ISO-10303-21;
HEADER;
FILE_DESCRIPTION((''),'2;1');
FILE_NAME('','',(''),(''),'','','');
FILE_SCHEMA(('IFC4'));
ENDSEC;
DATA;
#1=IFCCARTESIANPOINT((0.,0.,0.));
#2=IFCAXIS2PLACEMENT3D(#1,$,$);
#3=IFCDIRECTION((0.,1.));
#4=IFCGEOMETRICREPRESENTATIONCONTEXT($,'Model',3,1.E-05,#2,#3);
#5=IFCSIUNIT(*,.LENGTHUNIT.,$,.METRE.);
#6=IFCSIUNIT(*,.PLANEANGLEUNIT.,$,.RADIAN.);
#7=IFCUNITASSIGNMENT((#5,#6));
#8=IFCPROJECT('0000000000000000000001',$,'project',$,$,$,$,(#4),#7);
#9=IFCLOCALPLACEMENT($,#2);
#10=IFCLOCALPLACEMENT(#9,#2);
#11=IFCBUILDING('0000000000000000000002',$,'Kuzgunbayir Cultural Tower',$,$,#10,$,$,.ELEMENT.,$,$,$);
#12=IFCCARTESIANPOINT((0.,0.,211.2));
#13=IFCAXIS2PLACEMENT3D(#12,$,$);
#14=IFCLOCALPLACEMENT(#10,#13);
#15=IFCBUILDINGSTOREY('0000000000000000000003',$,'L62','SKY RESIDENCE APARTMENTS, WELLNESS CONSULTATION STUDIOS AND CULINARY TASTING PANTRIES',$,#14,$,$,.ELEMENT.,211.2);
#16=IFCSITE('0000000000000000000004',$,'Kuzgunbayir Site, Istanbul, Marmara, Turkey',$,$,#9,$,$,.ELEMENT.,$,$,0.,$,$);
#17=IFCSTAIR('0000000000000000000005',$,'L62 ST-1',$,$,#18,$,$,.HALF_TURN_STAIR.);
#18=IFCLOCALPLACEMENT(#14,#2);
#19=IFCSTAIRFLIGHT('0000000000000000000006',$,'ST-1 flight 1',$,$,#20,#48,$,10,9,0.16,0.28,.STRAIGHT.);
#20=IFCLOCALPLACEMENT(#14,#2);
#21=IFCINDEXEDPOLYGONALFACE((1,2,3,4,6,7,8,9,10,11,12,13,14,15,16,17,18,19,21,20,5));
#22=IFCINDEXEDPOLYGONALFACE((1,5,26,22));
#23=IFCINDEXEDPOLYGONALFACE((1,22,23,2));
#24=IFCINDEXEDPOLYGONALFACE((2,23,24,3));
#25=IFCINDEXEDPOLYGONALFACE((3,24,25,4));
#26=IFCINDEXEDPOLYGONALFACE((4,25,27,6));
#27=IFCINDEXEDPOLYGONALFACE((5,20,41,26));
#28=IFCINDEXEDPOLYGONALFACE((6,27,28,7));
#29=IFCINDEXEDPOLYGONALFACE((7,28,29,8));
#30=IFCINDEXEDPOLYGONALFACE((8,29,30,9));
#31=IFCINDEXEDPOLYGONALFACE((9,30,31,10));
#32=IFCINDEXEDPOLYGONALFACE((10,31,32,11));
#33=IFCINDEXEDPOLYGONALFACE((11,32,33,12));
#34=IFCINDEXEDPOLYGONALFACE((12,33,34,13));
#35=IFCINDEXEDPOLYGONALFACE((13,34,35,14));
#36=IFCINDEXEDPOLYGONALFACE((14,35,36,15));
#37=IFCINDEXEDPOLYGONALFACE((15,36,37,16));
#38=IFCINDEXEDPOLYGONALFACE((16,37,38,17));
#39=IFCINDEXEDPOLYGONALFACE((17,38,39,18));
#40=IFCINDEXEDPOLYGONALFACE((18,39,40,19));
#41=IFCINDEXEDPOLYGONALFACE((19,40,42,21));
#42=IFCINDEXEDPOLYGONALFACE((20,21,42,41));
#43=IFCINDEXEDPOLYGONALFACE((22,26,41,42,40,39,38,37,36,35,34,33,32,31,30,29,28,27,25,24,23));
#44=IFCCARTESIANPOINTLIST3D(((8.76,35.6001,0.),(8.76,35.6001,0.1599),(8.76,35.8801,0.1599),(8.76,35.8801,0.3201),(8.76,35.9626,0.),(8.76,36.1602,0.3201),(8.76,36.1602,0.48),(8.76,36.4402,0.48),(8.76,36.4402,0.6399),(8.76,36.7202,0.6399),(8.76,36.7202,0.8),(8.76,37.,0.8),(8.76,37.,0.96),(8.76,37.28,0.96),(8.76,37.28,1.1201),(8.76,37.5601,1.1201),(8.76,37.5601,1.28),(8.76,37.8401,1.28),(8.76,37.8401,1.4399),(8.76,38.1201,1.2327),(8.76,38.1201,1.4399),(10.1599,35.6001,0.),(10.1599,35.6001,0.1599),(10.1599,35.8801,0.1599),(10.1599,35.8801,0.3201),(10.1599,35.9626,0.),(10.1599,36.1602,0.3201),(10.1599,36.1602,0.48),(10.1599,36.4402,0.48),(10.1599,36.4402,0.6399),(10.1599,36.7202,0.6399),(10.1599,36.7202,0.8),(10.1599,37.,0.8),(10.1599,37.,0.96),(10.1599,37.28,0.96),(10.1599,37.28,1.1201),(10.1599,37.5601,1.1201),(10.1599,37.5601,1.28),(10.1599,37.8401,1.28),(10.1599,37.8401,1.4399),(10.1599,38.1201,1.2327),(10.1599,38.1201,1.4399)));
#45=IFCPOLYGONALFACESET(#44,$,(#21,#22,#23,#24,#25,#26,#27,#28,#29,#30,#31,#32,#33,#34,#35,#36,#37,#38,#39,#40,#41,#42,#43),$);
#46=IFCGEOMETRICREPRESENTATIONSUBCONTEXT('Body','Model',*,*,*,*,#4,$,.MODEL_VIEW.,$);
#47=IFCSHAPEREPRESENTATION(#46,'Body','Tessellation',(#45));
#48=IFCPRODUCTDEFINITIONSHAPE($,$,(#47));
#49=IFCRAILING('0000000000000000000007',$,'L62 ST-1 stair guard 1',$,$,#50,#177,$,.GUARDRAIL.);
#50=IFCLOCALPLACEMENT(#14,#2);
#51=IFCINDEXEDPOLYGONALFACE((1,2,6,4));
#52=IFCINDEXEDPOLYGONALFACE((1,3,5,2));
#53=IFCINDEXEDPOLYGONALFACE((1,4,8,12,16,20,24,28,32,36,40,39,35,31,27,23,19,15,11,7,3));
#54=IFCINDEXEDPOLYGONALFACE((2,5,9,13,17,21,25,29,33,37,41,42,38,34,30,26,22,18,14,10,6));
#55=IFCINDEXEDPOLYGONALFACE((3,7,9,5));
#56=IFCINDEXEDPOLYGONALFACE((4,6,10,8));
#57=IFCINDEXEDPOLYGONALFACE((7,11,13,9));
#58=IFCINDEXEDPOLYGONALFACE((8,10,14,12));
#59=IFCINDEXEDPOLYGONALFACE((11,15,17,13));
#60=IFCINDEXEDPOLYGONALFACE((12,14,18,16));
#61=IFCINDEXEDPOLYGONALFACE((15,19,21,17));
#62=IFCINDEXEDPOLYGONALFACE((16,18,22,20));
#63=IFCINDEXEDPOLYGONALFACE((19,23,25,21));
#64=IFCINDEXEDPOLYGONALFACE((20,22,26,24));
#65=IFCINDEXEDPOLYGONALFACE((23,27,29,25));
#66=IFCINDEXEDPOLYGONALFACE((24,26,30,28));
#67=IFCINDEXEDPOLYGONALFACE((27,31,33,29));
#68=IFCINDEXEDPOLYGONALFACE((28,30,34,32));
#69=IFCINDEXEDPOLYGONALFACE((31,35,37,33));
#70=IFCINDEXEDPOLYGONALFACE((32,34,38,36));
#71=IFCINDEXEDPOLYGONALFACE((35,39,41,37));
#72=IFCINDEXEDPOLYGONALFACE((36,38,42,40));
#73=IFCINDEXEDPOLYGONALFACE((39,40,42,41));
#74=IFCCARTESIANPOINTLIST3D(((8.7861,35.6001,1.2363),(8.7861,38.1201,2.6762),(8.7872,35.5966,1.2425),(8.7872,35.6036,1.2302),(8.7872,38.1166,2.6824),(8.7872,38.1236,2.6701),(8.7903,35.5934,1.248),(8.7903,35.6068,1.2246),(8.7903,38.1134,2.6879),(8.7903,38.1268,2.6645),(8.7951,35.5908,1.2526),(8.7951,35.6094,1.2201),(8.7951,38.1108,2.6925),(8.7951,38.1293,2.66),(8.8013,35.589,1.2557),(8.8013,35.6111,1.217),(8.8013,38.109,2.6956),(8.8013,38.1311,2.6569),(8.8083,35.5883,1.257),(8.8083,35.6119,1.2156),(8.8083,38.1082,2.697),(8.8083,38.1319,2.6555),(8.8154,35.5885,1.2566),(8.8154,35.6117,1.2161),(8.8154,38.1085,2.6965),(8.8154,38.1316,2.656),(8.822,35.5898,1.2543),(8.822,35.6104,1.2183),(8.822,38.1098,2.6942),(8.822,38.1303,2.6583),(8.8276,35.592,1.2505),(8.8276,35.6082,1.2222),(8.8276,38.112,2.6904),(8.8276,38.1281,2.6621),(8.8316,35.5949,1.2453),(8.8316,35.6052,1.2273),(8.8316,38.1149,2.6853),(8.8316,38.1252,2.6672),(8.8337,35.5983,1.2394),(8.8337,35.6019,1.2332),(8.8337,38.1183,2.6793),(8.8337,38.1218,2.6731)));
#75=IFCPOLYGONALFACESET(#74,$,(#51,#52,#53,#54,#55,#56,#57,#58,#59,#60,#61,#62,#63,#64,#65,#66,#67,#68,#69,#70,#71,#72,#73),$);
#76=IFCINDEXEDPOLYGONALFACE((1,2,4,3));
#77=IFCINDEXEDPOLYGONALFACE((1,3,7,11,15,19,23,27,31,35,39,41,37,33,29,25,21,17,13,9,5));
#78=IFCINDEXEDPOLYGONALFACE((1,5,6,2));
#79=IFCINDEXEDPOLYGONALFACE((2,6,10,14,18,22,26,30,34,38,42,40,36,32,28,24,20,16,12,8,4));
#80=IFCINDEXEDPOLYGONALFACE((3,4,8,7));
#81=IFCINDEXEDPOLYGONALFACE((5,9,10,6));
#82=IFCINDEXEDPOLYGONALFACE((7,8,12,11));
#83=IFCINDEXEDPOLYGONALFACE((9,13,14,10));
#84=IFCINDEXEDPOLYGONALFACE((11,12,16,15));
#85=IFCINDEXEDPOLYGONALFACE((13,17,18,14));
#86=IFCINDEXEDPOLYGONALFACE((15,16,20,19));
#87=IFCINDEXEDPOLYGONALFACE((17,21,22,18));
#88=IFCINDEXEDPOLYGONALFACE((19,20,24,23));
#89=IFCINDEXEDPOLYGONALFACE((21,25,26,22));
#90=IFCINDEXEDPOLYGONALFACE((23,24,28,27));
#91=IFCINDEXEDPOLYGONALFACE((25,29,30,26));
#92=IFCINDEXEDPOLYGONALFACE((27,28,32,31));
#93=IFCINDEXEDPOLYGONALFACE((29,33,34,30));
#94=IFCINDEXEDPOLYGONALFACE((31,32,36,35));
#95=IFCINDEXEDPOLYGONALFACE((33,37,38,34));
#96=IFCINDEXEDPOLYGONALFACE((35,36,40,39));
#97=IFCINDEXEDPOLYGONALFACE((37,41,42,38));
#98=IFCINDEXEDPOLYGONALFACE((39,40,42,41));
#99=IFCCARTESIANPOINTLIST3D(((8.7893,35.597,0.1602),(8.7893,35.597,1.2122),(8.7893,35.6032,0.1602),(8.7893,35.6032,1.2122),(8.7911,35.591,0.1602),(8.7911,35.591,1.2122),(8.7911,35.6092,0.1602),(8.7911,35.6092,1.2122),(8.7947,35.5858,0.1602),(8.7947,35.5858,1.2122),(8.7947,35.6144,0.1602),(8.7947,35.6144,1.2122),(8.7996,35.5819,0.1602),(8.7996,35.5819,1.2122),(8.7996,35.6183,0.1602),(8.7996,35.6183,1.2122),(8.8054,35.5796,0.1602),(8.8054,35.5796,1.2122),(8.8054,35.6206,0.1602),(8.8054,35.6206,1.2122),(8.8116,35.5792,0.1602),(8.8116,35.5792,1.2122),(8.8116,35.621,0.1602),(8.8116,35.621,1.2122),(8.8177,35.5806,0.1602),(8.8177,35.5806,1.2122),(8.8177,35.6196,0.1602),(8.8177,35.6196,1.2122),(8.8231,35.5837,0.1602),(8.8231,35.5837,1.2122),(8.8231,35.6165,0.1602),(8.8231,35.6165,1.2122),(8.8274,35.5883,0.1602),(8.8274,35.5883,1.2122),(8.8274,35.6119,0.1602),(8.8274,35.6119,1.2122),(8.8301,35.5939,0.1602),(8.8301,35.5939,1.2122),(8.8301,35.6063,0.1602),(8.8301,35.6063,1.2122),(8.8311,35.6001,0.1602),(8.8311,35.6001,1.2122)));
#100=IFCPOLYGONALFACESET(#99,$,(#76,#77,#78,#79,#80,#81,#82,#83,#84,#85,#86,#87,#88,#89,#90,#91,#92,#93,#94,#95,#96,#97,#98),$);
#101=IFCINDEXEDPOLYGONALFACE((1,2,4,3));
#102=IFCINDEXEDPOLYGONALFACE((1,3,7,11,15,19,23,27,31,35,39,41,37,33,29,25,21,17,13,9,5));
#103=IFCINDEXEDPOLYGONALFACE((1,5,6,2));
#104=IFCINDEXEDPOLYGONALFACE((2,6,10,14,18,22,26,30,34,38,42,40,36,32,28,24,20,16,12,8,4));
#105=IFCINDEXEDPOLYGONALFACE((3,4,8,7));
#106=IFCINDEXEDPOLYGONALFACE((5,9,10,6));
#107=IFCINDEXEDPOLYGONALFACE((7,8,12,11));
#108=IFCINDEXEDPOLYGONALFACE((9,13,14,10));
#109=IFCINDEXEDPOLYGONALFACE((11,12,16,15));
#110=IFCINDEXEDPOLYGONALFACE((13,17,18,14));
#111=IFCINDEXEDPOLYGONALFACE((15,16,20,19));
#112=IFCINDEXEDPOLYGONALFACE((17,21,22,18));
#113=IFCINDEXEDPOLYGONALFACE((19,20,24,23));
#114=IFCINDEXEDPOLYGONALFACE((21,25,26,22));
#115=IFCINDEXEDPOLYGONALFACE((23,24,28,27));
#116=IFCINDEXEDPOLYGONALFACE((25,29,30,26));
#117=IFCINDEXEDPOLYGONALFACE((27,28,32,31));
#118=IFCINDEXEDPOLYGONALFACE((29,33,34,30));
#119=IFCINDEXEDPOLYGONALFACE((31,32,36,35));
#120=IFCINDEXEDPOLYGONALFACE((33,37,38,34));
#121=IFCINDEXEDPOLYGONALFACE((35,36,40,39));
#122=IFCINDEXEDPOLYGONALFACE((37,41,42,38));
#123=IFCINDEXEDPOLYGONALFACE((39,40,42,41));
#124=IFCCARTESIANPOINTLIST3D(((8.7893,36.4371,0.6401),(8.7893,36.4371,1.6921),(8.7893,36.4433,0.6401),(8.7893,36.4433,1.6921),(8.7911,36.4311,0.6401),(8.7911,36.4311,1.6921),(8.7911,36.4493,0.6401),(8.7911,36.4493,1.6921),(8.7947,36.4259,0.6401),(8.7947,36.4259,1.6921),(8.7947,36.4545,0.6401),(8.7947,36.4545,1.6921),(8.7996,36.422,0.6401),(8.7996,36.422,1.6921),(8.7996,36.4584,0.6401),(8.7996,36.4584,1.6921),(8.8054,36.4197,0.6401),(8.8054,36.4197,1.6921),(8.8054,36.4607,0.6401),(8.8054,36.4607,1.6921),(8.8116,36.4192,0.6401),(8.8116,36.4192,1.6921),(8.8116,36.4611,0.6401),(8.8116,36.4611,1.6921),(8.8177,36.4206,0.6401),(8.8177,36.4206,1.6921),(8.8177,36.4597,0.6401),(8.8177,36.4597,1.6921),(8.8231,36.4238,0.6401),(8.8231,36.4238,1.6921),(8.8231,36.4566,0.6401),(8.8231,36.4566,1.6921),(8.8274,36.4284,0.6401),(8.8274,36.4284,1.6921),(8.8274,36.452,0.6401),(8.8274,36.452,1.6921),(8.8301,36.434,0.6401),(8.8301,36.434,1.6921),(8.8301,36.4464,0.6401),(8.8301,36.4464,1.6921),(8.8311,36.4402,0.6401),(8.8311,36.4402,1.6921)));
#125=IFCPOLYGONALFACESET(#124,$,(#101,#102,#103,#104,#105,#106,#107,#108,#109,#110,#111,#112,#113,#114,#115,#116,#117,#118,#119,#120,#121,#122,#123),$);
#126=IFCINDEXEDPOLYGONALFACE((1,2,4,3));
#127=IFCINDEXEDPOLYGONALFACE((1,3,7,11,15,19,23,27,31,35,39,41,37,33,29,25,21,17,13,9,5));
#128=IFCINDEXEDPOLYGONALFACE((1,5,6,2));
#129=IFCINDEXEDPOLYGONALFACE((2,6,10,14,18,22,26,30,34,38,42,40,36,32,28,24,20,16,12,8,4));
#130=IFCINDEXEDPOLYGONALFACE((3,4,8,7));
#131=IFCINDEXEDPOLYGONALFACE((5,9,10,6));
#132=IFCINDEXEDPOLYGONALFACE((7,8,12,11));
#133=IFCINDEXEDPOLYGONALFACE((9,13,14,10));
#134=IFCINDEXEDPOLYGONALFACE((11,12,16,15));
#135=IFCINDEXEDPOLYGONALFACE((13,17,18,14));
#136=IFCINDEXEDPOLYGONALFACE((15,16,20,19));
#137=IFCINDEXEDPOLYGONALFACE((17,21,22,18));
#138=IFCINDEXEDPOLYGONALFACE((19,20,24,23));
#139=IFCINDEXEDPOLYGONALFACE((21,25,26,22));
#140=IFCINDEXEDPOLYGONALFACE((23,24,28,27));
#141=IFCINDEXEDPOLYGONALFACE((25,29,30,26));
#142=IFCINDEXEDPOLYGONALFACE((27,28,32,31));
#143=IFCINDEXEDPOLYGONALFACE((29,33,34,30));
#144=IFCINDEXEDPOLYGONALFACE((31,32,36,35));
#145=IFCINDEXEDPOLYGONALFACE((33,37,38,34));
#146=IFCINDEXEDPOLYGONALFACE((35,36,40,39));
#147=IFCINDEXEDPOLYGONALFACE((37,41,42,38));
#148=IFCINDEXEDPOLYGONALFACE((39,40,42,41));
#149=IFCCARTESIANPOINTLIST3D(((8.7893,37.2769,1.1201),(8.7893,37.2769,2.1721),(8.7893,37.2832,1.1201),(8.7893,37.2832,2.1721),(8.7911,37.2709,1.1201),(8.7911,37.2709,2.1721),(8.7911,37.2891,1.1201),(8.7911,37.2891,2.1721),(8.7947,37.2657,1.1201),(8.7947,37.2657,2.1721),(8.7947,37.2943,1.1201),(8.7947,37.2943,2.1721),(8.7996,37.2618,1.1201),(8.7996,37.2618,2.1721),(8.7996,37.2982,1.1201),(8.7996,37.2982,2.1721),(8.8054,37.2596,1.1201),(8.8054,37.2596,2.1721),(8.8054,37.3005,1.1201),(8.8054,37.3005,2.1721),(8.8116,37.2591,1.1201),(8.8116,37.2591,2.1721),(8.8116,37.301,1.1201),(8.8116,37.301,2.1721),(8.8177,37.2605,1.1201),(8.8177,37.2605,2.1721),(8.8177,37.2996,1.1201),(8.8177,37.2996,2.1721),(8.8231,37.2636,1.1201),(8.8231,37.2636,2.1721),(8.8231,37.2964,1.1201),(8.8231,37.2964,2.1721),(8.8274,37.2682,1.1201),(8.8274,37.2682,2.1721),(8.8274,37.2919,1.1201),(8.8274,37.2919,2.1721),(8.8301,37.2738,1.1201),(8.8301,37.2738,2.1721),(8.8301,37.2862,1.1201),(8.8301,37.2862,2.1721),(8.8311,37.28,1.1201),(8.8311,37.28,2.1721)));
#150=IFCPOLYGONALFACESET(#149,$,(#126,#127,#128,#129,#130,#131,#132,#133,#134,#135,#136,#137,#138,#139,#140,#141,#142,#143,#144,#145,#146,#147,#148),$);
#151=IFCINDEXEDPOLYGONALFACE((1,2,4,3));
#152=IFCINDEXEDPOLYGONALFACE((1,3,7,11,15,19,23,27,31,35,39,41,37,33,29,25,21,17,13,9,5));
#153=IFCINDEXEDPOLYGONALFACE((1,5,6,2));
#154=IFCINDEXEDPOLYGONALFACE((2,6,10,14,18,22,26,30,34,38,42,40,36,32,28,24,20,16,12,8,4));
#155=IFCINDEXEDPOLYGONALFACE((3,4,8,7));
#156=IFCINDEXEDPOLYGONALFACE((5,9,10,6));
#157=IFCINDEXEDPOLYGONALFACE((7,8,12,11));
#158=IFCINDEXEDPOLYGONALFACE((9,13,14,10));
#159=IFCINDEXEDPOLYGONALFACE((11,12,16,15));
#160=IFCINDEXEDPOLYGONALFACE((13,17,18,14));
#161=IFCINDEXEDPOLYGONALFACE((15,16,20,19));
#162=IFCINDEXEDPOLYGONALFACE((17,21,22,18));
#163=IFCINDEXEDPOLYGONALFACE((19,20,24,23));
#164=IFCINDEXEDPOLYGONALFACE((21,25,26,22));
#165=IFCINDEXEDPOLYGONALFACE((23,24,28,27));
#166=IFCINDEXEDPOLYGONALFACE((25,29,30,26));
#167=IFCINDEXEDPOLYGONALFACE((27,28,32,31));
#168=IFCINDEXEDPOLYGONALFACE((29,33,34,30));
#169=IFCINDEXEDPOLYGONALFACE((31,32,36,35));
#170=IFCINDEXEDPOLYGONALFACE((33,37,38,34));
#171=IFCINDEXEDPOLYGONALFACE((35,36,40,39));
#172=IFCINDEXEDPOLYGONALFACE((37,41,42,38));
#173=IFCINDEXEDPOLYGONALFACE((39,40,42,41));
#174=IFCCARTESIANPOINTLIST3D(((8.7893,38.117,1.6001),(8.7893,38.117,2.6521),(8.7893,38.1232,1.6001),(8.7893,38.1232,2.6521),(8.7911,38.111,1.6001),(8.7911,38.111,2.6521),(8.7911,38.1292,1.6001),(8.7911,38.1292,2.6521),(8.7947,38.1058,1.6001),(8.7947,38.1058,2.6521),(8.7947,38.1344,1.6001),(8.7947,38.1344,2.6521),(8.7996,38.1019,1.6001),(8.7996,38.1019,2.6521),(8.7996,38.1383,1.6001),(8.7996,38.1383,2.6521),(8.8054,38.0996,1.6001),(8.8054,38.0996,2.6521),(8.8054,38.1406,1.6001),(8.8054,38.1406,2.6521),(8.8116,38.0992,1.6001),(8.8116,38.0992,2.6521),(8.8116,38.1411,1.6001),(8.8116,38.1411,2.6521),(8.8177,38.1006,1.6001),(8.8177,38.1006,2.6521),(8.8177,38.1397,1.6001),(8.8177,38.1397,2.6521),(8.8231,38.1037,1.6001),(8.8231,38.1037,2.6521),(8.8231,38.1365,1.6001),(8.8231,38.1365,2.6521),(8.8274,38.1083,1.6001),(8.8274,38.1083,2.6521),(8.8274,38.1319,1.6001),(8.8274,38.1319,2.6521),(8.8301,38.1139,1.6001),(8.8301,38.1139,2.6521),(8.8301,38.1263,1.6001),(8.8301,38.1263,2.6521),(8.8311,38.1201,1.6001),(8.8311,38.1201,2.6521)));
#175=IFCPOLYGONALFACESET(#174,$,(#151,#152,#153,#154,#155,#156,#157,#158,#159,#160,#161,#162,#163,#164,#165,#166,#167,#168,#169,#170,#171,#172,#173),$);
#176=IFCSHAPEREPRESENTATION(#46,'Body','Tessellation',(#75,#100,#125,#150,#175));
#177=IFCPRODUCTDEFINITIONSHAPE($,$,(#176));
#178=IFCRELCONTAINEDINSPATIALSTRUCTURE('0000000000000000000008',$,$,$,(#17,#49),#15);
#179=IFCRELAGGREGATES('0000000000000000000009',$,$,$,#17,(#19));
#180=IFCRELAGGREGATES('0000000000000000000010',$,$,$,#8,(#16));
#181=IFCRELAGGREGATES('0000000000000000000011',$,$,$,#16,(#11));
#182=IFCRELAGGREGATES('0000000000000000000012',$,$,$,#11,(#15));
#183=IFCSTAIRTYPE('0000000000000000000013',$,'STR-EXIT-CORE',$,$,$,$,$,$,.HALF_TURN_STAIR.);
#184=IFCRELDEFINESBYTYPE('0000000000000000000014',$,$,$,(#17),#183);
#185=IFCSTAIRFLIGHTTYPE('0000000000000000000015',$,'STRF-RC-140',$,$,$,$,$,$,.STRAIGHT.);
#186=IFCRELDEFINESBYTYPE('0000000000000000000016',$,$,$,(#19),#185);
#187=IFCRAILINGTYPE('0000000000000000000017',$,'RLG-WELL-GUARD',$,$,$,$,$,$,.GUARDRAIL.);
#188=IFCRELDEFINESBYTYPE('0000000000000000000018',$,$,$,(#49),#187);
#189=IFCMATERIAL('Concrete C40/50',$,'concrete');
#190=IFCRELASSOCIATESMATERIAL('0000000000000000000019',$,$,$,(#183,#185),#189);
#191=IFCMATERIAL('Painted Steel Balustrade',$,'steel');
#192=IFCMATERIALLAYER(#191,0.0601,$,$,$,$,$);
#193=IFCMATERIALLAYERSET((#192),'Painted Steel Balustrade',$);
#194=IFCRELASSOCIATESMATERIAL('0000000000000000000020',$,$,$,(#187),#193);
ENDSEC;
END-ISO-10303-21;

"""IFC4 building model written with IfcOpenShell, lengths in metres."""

from ifc_helpers import new_model, si_unit, direction, frame, origin, origin_2d, place, context, subcontext, project, spatial, polyline, circle, outline, extrude, material, layer, layer_set, type_object, element, aggregate, save


model = new_model("IFC4")

# Units and contexts
model_context = context("Model", 3, precision=1e-05, world=origin(), true_north=direction((0.0, 1.0)))
body_context = subcontext(model_context, "Body", "Model", "MODEL_VIEW")
ifc_project = project(units=[si_unit("LENGTHUNIT", "METRE"), si_unit("PLANEANGLEUNIT", "RADIAN")], contexts=[model_context])

# Site, building, storey
site_placement = place(None, origin())
site = spatial("IfcSite", under=ifc_project, at=site_placement, Name="Kuzgunbayir Site, Istanbul, Marmara, Turkey", CompositionType="ELEMENT", RefElevation=0.0)
building_placement = place(site_placement, origin())
building = spatial("IfcBuilding", under=site, at=building_placement, Name="Kuzgunbayir Cultural Tower", CompositionType="ELEMENT")
storey_placement = place(building_placement, frame((0.0, 0.0, 211.2)))
storey = spatial("IfcBuildingStorey", under=building, at=storey_placement, Name="L62", Description="SKY RESIDENCE APARTMENTS, WELLNESS CONSULTATION STUDIOS AND CULINARY TASTING PANTRIES", CompositionType="ELEMENT", Elevation=211.2)

# Shared definitions
ifc_material_1 = material(Name="Concrete C40/50", Category="concrete")

# Stair, stair flight
stair_type = type_object("IfcStairType", Name="STR-EXIT-CORE", PredefinedType="HALF_TURN_STAIR", material=ifc_material_1)
stair_placement = place(storey_placement, origin())
stair = element("IfcStair", 1, at=stair_placement, inside=storey, type_object=stair_type, Name="L62 ST-1", PredefinedType="HALF_TURN_STAIR")
stair_flight_type = type_object("IfcStairFlightType", Name="STRF-RC-140", PredefinedType="STRAIGHT", material=ifc_material_1)
stair_flight_placement = place(storey_placement, frame((9.46, 35.6001, 0.0), z_axis=(0.0, 0.0, 1.0), x_axis=(0.0, 1.0, 0.0)))
stair_flight = element("IfcStairFlight", 2, at=stair_flight_placement, type_object=stair_flight_type, Name="ST-1 flight 1", NumberOfRisers=10, NumberOfTreads=9, PredefinedType="STRAIGHT", RiserHeight=0.16, TreadLength=0.28, context=body_context, shape_type="SweptSolid", body=[
    extrude(outline(polyline([(0.0, 0.0), (0.0, 0.1599), (0.28, 0.1599), (0.28, 0.3201), (0.5601, 0.3201), (0.5601, 0.48), (0.8401, 0.48), (0.8401, 0.6399), (1.1201, 0.6399), (1.1201, 0.8), (1.3999, 0.8), (1.3999, 0.96), (1.6799, 0.96), (1.6799, 1.1201), (1.96, 1.1201), (1.96, 1.28), (2.24, 1.28), (2.24, 1.4399), (2.52, 1.4399), (2.52, 1.6001), (2.52, 1.2327), (0.3625, 0.0), (0.0, 0.0)])), frame((0.0, 0.7, 0.0), z_axis=(0.0, -1.0, 0.0), x_axis=(1.0, 0.0, 0.0)), (0.0, 0.0, 1.0), 1.3999),
])
aggregate(stair, [stair_flight])

# Railing
ifc_material_2 = material(Name="Painted Steel Balustrade", Category="steel")
ifc_layer_1 = layer(ifc_material_2, 0.0601)
ifc_layer_set_1 = layer_set([ifc_layer_1], Name="Painted Steel Balustrade")
railing_type = type_object("IfcRailingType", Name="RLG-WELL-GUARD", PredefinedType="GUARDRAIL", material=ifc_layer_set_1)
railing_1_placement = place(storey_placement, frame((8.8101, 35.6001, 0.1602)))
element("IfcRailing", 3, at=railing_1_placement, inside=storey, type_object=railing_type, Name="L62 ST-1 stair guard 1", PredefinedType="GUARDRAIL", context=body_context, shape_type="SweptSolid", body=[
    extrude(circle(Radius=0.0239, at=origin_2d()), frame((0.0, 0.0, 1.0762), z_axis=(0.0, 0.868253, 0.496121), x_axis=(-1.0, 0.0, 0.0)), (0.0, 0.0, 1.0), 2.9023),
    extrude(circle(Radius=0.021, at=origin_2d()), origin(), (0.0, 0.0, 1.0), 1.052),
    extrude(circle(Radius=0.021, at=origin_2d()), frame((0.0, 0.8401, 0.48)), (0.0, 0.0, 1.0), 1.052),
    extrude(circle(Radius=0.021, at=origin_2d()), frame((0.0, 1.6799, 0.96)), (0.0, 0.0, 1.0), 1.052),
    extrude(circle(Radius=0.021, at=origin_2d()), frame((0.0, 2.52, 1.4399)), (0.0, 0.0, 1.0), 1.052),
])

save(model, "model.ifc")
